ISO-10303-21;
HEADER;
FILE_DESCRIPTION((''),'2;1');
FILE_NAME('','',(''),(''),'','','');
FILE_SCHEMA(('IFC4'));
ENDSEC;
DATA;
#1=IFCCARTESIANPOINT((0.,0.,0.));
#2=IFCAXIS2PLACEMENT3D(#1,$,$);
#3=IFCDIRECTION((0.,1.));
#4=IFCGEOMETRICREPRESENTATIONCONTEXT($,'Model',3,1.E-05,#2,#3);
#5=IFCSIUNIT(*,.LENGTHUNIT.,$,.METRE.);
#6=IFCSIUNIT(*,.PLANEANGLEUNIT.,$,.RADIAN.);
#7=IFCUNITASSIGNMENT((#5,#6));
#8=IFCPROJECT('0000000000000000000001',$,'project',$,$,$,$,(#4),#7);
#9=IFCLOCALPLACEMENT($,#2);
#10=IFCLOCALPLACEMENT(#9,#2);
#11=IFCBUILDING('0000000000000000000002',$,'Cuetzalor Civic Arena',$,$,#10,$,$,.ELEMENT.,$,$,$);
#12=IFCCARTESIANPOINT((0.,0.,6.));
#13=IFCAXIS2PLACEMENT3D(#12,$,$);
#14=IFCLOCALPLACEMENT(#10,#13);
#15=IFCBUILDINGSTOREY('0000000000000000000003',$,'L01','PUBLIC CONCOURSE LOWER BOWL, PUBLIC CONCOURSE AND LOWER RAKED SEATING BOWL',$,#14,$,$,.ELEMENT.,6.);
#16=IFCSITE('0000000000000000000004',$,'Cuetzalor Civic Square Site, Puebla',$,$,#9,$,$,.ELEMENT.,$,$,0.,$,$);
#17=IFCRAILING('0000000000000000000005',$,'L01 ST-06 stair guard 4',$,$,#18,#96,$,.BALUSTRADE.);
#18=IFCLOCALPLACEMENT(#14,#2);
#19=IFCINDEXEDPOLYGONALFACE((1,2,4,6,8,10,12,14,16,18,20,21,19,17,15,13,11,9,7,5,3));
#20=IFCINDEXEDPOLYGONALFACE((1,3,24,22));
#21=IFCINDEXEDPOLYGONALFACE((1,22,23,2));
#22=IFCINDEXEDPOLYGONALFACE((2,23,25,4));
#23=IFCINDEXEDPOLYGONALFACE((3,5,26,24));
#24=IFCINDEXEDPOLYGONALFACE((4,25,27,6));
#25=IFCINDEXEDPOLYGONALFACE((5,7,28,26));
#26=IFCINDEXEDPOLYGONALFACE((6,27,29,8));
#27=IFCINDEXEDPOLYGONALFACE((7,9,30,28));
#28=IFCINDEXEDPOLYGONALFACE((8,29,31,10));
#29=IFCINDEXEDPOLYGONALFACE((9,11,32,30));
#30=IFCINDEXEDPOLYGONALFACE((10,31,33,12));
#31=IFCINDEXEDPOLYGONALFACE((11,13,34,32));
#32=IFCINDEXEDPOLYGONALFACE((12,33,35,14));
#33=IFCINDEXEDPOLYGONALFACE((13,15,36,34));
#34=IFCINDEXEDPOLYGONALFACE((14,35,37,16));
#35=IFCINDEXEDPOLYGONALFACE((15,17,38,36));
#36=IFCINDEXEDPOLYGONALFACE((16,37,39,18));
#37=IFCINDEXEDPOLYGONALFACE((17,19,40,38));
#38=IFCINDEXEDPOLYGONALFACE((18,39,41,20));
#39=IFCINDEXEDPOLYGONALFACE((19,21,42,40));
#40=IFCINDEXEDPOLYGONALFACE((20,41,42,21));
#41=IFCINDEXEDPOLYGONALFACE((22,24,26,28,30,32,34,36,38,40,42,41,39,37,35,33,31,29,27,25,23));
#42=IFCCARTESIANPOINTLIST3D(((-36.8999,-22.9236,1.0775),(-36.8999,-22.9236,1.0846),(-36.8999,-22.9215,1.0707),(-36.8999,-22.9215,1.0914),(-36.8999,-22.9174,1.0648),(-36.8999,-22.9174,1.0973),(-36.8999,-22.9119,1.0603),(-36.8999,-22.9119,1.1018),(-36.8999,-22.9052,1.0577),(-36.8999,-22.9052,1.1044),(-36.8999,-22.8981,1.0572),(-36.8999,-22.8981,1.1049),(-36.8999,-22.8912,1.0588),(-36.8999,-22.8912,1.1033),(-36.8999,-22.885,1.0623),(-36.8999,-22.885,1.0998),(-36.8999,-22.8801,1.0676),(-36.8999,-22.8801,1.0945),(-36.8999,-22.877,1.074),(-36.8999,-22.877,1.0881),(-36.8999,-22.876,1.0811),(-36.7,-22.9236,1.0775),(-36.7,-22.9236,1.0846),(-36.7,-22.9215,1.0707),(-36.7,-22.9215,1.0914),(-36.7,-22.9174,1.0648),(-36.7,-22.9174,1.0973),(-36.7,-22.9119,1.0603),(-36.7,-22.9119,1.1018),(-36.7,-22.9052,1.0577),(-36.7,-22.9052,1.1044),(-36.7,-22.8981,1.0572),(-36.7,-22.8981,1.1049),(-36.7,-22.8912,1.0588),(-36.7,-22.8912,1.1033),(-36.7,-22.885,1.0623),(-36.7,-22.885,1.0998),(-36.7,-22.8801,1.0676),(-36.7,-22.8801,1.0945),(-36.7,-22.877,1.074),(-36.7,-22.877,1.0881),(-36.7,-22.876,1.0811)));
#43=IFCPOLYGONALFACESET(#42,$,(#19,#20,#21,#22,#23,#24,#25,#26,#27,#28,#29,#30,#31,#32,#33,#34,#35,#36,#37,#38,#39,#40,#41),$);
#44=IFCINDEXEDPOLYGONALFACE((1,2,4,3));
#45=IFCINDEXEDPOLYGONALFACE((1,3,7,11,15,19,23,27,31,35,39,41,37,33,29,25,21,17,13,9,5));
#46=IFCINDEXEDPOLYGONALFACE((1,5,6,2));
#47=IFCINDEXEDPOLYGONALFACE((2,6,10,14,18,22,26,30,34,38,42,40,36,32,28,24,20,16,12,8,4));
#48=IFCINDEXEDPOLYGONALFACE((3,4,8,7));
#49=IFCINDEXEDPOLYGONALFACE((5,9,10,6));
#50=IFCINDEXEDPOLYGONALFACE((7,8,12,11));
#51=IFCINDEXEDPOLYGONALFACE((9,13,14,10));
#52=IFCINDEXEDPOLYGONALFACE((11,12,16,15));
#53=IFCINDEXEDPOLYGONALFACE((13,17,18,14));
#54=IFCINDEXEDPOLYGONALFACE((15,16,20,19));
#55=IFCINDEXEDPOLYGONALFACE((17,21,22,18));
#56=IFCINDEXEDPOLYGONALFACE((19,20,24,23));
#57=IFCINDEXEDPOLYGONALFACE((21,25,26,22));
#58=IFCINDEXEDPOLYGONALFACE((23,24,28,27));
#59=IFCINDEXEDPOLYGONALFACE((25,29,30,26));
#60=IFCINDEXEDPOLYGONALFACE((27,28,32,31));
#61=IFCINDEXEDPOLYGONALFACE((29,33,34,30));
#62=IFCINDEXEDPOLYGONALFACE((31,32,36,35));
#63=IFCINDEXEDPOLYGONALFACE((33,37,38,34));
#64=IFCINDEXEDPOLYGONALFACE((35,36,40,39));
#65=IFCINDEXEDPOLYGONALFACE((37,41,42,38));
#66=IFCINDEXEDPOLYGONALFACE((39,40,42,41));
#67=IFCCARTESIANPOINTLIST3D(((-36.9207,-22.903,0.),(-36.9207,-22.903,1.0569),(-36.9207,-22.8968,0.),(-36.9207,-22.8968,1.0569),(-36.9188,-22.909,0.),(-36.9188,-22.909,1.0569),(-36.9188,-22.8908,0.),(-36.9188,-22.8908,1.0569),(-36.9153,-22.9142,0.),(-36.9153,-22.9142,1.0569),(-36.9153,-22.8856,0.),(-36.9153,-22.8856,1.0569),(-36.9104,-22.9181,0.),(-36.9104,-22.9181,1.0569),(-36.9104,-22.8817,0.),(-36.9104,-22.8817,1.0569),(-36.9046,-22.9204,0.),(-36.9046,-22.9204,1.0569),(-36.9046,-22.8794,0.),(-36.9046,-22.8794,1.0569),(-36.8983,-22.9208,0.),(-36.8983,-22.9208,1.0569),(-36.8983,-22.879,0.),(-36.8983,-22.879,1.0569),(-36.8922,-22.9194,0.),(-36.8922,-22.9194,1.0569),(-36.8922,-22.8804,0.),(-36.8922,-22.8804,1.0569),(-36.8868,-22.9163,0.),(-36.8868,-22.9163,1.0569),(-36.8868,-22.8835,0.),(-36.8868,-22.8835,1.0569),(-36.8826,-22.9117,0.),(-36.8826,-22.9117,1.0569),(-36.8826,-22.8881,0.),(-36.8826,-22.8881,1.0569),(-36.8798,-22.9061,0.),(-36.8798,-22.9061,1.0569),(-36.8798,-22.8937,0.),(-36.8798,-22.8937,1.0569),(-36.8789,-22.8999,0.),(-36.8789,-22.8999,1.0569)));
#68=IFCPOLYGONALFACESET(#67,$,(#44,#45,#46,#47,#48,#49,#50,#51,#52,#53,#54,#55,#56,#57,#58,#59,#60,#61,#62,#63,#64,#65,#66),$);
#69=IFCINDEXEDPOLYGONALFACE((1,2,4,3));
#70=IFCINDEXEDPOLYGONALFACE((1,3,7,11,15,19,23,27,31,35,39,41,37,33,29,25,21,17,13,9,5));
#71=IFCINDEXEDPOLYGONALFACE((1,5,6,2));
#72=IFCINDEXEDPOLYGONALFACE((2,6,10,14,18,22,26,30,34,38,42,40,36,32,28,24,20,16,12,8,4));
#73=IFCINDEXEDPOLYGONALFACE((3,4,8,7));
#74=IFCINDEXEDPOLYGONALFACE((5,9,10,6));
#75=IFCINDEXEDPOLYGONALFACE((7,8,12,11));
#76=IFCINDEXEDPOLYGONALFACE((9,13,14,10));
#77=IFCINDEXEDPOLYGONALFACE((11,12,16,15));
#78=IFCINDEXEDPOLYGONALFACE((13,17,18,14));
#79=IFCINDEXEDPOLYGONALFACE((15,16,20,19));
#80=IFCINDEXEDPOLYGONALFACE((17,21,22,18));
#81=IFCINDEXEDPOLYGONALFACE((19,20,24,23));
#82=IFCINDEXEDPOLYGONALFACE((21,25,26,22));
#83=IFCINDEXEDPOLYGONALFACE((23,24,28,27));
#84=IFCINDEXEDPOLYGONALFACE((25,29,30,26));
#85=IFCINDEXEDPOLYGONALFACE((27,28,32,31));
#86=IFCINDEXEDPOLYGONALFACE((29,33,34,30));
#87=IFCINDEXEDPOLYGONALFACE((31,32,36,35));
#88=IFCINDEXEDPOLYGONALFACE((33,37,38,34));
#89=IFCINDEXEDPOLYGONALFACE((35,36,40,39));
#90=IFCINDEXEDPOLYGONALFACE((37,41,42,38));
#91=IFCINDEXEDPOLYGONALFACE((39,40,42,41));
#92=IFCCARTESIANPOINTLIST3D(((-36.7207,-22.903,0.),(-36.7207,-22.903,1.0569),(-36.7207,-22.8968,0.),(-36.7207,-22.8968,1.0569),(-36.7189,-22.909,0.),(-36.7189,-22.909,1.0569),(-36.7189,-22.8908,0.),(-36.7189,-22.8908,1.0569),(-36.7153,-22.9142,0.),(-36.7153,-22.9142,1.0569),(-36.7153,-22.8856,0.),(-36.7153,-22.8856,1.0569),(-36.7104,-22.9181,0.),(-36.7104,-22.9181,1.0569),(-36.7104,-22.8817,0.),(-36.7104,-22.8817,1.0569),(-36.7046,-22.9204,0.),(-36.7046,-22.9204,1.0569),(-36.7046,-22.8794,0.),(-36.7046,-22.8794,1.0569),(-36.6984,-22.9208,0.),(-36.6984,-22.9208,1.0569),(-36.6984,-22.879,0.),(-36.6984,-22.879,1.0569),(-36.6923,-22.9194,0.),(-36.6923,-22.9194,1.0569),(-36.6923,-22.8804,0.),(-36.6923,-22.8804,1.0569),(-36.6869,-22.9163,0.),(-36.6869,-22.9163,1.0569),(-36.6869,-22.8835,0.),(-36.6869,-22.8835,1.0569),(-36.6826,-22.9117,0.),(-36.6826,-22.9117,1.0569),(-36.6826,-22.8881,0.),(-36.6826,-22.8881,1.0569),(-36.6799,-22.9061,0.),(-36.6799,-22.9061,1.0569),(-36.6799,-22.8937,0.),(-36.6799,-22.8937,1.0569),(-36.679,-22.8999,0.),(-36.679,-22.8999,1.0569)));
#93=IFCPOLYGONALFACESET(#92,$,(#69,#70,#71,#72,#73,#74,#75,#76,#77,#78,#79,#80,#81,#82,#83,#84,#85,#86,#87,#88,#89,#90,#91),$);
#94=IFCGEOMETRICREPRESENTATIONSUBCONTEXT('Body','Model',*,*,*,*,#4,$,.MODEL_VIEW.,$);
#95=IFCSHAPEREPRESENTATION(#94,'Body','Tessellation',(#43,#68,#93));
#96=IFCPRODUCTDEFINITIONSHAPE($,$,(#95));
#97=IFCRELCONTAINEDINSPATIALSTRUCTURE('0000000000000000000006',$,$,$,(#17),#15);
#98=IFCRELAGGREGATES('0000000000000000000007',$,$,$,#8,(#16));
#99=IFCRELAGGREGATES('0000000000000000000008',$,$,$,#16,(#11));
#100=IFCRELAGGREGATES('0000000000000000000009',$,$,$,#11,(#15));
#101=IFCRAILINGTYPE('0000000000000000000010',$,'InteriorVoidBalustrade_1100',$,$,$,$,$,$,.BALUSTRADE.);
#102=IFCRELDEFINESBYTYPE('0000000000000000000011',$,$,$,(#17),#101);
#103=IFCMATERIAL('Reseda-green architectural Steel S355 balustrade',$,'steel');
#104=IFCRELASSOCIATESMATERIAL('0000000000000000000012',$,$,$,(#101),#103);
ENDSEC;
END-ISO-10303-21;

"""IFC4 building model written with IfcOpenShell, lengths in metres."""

from ifc_helpers import new_model, si_unit, direction, frame, origin, origin_2d, place, context, subcontext, project, spatial, circle, extrude, material, type_object, element, save


model = new_model("IFC4")

# Units and contexts
model_context = context("Model", 3, precision=1e-05, world=origin(), true_north=direction((0.0, 1.0)))
body_context = subcontext(model_context, "Body", "Model", "MODEL_VIEW")
ifc_project = project(units=[si_unit("LENGTHUNIT", "METRE"), si_unit("PLANEANGLEUNIT", "RADIAN")], contexts=[model_context])

# Site, building, storey
site_placement = place(None, origin())
site = spatial("IfcSite", under=ifc_project, at=site_placement, Name="Cuetzalor Civic Square Site, Puebla", CompositionType="ELEMENT", RefElevation=0.0)
building_placement = place(site_placement, origin())
building = spatial("IfcBuilding", under=site, at=building_placement, Name="Cuetzalor Civic Arena", CompositionType="ELEMENT")
storey_placement = place(building_placement, frame((0.0, 0.0, 6.0)))
storey = spatial("IfcBuildingStorey", under=building, at=storey_placement, Name="L01", Description="PUBLIC CONCOURSE LOWER BOWL, PUBLIC CONCOURSE AND LOWER RAKED SEATING BOWL", CompositionType="ELEMENT", Elevation=6.0)

# Railing
ifc_material_1 = material(Name="Reseda-green architectural Steel S355 balustrade", Category="steel")
railing_type_1 = type_object("IfcRailingType", Name="InteriorVoidBalustrade_1100", PredefinedType="BALUSTRADE", material=ifc_material_1)
railing_1_placement = place(storey_placement, frame((-36.8999, -22.8999, 0.0)))
element("IfcRailing", 1, at=railing_1_placement, inside=storey, type_object=railing_type_1, Name="L01 ST-06 stair guard 4", PredefinedType="BALUSTRADE", context=body_context, shape_type="SweptSolid", body=[
    extrude(circle(Radius=0.0239, at=origin_2d()), frame((0.0, 0.0, 1.0811), z_axis=(1.0, 0.0, 0.0), x_axis=(0.0, 1.0, 0.0)), (0.0, 0.0, 1.0), 0.2),
    extrude(circle(Radius=0.021, at=origin_2d()), origin(), (0.0, 0.0, 1.0), 1.0569),
    extrude(circle(Radius=0.021, at=origin_2d()), frame((0.2, 0.0, 0.0)), (0.0, 0.0, 1.0), 1.0569),
])

save(model, "model.ifc")
